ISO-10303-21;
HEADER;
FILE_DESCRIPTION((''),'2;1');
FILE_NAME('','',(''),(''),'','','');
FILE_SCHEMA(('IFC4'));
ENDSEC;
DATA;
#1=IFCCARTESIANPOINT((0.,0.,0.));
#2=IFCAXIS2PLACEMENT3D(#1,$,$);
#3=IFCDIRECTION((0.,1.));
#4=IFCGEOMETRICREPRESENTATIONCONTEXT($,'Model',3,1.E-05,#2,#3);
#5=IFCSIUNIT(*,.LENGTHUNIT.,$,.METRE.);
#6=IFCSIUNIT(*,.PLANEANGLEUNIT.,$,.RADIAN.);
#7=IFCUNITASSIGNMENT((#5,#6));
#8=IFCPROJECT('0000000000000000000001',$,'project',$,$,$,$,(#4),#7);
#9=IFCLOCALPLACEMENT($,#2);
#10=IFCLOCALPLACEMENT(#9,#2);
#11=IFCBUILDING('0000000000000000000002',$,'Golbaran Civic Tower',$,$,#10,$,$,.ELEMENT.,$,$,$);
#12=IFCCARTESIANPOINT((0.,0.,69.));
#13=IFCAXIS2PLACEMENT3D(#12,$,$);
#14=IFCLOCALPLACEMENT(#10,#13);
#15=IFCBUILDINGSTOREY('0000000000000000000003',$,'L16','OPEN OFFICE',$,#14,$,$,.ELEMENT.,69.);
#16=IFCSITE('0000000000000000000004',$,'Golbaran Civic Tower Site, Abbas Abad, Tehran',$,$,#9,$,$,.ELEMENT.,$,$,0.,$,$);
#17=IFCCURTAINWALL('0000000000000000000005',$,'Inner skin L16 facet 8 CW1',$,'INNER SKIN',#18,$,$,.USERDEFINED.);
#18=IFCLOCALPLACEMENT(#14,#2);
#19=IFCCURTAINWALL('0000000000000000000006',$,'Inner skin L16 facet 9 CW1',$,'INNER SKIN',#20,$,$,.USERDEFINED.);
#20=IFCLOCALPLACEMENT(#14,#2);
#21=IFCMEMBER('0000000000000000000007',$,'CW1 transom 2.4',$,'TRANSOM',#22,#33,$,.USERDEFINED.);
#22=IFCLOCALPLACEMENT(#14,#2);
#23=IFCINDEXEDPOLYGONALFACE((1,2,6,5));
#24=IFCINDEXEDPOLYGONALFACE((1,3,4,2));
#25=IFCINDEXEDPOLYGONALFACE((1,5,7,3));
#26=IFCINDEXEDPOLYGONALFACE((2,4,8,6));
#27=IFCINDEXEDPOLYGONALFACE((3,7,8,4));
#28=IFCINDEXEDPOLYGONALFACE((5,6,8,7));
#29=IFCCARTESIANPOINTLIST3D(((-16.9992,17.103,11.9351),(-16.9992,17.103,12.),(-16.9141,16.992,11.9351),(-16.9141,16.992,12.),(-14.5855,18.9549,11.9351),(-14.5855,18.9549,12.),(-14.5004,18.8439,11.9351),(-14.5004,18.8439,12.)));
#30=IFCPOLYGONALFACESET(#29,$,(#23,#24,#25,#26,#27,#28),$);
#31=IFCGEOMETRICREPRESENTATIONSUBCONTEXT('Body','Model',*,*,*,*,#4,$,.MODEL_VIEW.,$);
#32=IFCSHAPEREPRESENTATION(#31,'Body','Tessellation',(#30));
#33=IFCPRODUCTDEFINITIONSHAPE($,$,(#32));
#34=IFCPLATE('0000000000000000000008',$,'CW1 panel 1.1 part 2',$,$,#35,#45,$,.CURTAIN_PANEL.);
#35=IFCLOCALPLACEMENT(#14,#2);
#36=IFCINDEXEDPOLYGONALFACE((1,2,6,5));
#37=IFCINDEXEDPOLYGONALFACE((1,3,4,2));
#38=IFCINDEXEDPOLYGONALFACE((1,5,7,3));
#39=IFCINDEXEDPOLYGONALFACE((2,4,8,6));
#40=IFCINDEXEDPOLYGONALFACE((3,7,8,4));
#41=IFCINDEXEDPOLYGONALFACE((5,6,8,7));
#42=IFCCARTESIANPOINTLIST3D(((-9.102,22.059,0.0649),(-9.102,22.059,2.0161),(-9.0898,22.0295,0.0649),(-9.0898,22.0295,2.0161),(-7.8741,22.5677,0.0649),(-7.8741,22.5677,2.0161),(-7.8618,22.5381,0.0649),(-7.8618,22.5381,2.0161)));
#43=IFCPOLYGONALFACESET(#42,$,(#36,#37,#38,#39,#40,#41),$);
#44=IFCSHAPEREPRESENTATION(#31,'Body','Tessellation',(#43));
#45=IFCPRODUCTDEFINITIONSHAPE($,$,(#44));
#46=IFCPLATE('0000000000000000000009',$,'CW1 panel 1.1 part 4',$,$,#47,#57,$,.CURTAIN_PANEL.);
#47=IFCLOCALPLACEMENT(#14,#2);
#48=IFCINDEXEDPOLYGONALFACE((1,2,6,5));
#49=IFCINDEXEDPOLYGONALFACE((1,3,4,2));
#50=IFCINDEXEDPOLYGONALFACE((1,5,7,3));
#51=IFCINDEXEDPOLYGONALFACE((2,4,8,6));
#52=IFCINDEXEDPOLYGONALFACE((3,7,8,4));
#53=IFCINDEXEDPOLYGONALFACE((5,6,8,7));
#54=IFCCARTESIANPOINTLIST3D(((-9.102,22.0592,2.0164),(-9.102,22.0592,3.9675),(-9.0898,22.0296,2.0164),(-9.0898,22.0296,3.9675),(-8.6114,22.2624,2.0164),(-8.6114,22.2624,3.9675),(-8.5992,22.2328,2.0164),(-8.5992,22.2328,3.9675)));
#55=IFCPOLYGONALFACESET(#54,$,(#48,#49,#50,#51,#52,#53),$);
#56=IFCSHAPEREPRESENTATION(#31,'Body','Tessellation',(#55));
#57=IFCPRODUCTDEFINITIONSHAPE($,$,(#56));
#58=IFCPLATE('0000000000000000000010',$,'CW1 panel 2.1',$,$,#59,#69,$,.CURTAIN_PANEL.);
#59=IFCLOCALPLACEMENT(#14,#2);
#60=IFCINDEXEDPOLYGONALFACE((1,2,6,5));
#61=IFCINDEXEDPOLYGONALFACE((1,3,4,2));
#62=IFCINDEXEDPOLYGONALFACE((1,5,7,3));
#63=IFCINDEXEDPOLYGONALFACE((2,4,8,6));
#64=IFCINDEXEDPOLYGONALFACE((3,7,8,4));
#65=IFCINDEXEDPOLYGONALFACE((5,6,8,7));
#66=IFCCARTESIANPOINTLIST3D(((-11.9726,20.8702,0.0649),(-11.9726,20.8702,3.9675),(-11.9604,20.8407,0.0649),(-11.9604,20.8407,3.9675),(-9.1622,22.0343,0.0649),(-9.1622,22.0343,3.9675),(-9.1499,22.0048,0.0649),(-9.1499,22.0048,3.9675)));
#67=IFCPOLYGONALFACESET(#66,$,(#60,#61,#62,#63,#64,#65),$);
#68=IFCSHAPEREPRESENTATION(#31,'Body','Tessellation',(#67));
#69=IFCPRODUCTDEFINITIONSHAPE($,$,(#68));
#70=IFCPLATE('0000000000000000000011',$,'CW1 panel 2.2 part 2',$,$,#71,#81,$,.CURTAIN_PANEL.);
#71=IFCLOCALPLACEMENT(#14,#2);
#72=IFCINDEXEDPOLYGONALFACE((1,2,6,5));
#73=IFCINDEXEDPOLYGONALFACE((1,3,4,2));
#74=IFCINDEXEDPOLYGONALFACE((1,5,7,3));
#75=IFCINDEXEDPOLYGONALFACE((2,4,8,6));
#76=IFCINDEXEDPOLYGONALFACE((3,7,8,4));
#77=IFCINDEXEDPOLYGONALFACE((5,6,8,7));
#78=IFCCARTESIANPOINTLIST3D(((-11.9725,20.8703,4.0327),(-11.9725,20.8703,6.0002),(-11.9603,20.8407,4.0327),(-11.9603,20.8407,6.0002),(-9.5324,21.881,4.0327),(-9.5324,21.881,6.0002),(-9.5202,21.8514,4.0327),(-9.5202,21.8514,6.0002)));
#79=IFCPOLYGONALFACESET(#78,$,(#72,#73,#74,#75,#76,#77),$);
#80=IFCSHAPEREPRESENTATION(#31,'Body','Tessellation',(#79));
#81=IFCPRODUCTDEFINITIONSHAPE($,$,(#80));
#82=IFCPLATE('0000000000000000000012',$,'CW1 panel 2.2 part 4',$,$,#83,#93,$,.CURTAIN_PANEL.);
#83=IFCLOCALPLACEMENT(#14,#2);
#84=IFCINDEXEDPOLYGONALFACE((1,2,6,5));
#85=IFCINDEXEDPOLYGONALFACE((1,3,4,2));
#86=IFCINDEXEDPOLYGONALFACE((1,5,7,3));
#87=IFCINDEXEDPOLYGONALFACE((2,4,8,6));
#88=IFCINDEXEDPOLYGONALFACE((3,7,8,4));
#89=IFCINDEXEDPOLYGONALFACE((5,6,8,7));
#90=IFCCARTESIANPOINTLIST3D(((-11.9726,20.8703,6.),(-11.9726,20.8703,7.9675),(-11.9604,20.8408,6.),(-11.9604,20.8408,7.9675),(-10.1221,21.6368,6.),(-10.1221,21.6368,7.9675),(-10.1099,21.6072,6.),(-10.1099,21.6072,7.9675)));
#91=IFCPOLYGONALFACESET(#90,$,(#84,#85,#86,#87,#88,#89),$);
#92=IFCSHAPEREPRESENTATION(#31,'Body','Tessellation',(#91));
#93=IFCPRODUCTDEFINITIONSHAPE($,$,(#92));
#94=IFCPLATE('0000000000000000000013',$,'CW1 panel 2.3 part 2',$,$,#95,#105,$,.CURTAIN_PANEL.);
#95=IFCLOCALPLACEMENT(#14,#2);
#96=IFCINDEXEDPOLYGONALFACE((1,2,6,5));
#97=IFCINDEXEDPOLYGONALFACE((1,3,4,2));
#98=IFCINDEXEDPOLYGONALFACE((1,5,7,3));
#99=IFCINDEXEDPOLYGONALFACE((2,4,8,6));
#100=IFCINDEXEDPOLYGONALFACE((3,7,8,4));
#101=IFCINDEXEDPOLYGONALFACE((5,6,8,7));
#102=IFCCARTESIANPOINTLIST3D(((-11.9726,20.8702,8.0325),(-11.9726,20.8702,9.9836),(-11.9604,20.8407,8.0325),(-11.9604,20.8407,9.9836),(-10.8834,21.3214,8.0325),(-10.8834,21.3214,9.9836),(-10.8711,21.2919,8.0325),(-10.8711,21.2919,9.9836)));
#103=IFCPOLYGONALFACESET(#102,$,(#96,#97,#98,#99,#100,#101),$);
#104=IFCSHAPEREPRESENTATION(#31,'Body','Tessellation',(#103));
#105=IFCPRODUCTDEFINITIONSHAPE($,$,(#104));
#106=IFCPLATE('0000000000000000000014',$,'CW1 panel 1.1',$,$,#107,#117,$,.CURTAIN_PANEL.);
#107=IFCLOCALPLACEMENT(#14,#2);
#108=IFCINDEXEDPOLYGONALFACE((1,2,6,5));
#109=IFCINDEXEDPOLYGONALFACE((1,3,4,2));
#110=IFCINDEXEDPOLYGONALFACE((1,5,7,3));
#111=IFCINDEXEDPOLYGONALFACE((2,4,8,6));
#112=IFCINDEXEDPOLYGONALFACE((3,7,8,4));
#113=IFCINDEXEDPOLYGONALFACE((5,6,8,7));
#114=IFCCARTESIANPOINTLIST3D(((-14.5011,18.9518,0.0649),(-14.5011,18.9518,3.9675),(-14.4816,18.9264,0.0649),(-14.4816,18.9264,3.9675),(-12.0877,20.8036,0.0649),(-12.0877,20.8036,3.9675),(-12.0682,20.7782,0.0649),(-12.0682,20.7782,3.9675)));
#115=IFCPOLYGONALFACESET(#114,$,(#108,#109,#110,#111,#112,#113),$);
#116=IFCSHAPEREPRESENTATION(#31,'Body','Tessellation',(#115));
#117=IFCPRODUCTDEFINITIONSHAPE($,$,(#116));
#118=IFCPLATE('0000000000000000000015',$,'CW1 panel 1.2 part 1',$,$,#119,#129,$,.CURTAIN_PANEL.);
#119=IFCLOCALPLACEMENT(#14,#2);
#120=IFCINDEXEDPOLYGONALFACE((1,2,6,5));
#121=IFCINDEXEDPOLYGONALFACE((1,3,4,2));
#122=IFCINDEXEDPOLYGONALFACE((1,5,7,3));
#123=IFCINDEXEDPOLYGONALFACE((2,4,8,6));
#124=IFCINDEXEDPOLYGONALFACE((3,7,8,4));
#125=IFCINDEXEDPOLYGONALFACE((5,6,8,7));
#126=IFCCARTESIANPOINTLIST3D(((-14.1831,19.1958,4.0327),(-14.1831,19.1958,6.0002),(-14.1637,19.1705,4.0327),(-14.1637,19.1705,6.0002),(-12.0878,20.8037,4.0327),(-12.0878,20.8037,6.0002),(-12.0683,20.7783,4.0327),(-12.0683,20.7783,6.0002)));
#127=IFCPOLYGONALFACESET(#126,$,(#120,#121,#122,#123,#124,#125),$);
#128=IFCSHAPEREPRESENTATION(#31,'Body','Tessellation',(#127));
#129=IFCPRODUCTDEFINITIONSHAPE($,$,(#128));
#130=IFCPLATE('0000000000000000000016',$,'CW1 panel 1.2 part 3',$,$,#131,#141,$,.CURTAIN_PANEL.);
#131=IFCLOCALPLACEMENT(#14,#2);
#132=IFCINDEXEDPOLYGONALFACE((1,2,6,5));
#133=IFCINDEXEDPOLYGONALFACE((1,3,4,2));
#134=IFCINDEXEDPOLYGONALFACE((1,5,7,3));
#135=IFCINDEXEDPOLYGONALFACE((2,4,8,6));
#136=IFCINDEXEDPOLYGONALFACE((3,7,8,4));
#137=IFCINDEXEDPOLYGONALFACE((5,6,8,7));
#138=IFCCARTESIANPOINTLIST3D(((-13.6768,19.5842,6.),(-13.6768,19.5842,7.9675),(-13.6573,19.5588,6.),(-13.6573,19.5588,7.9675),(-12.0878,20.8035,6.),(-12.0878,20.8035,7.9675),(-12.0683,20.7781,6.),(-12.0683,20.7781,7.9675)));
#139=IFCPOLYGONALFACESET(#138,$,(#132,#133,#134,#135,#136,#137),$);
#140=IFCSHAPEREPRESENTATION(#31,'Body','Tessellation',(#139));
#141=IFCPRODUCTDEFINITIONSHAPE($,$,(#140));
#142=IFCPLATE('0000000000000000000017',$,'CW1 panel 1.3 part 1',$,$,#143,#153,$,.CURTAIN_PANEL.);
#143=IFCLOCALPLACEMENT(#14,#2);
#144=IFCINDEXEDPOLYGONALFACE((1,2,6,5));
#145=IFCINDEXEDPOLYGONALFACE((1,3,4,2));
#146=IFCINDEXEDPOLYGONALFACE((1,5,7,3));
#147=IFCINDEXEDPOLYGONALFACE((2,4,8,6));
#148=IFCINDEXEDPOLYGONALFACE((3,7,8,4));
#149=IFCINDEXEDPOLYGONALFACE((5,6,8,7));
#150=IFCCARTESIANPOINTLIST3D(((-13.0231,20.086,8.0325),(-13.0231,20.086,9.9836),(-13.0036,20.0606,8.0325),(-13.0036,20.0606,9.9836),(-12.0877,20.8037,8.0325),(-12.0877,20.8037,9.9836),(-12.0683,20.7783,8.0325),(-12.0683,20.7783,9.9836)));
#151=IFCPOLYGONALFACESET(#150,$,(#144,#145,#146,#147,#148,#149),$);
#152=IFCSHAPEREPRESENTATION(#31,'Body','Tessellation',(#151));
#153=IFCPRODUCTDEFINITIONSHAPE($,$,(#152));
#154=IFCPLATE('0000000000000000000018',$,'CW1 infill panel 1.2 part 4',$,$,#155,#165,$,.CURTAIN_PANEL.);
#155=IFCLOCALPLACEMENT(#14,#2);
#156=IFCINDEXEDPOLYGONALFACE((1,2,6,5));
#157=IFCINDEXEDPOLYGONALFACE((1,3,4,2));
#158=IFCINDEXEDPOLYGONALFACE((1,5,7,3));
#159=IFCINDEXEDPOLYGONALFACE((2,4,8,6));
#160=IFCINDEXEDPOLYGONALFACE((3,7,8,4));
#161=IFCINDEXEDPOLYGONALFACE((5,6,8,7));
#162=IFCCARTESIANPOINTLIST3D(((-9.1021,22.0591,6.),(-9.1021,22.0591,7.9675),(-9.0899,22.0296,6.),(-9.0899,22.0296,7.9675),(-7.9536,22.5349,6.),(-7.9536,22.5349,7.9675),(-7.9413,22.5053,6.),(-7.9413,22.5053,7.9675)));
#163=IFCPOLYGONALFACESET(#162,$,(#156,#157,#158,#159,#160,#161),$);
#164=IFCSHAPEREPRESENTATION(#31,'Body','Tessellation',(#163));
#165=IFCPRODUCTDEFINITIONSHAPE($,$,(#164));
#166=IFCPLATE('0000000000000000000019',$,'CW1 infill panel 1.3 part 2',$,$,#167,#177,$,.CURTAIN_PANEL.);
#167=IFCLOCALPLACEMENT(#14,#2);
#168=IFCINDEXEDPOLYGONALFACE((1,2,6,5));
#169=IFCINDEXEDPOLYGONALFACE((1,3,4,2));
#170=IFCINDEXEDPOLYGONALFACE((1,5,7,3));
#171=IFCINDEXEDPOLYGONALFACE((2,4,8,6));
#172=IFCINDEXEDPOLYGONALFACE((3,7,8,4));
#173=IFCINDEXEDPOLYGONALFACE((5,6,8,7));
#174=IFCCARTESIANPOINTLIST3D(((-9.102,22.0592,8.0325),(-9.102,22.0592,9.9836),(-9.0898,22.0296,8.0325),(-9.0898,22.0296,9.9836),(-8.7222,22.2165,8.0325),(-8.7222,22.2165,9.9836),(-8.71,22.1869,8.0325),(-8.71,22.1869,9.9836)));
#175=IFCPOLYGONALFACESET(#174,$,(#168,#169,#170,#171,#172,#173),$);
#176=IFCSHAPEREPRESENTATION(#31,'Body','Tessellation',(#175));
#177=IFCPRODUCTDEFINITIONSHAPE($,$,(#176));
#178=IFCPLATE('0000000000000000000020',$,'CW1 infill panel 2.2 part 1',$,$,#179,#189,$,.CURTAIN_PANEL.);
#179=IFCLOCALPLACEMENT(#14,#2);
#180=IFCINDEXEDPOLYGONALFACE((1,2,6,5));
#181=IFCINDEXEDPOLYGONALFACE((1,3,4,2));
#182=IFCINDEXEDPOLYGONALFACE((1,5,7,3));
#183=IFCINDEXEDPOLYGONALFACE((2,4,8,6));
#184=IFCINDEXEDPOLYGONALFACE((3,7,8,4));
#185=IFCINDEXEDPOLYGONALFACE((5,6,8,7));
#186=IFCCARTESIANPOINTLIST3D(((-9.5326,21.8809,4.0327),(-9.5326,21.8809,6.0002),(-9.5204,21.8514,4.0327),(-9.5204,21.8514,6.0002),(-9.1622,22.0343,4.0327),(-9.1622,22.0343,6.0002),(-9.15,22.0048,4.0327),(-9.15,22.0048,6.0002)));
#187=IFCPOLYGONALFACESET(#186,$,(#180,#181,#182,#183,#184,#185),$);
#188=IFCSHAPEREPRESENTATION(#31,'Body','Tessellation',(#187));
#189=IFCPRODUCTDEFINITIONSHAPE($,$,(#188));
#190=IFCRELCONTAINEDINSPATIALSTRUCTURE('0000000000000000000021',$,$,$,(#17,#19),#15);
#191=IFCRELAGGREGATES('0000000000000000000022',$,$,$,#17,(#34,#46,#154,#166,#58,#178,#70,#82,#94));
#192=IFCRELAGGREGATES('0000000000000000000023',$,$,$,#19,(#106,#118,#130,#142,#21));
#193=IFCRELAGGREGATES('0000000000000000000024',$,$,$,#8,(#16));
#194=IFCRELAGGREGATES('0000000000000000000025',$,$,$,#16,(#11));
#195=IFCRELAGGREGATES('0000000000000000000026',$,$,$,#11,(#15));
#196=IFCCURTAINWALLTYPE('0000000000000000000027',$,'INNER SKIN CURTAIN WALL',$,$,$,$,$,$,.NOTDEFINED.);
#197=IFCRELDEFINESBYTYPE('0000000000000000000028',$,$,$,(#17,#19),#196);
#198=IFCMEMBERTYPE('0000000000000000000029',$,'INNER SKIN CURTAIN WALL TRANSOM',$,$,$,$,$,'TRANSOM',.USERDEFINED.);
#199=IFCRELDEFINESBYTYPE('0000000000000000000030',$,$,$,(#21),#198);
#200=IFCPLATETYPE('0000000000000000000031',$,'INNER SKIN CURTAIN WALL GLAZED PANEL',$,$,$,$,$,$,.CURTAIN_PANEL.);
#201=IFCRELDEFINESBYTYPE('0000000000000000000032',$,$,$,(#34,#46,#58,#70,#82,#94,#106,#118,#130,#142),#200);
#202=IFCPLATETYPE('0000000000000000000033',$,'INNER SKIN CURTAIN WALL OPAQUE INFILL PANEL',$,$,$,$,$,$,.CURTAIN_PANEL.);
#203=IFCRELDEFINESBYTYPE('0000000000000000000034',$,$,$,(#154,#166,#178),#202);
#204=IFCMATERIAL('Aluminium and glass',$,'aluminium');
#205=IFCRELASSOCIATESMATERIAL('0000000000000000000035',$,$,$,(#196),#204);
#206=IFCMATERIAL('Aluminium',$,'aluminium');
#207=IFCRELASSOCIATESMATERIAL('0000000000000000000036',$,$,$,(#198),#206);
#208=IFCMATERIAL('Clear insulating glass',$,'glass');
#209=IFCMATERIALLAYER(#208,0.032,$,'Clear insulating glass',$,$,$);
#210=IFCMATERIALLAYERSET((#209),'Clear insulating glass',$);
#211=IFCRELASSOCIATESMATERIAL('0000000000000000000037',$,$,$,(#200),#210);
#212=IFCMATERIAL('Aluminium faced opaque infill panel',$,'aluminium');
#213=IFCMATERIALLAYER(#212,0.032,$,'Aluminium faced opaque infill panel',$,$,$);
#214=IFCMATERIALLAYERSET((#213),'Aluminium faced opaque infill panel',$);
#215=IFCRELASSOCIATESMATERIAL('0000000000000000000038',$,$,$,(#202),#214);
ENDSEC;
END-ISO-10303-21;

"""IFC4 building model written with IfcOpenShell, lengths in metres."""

from ifc_helpers import new_model, si_unit, direction, frame, origin, origin_2d, place, context, subcontext, project, spatial, rectangle, extrude, material, layer, layer_set, material_profile, profile_set, type_object, element, aggregate, save


model = new_model("IFC4")

# Units and contexts
model_context = context("Model", 3, precision=1e-05, world=origin(), true_north=direction((0.0, 1.0)))
body_context = subcontext(model_context, "Body", "Model", "MODEL_VIEW")
ifc_project = project(units=[si_unit("LENGTHUNIT", "METRE"), si_unit("PLANEANGLEUNIT", "RADIAN")], contexts=[model_context])

# Site, building, storey
site_placement = place(None, origin())
site = spatial("IfcSite", under=ifc_project, at=site_placement, Name="Golbaran Civic Tower Site, Abbas Abad, Tehran", CompositionType="ELEMENT", RefElevation=0.0)
building_placement = place(site_placement, origin())
building = spatial("IfcBuilding", under=site, at=building_placement, Name="Golbaran Civic Tower", CompositionType="ELEMENT")
storey_placement = place(building_placement, frame((0.0, 0.0, 69.0)))
storey = spatial("IfcBuildingStorey", under=building, at=storey_placement, Name="L16", Description="OPEN OFFICE", CompositionType="ELEMENT", Elevation=69.0)

# Curtain walls
ifc_material_1 = material(Name="Aluminium and glass", Category="aluminium")
curtain_wall_type_1 = type_object("IfcCurtainWallType", Name="INNER SKIN CURTAIN WALL", PredefinedType="NOTDEFINED", material=ifc_material_1)
curtain_wall_1_placement = place(storey_placement, origin())
curtain_wall_1 = element("IfcCurtainWall", 1, at=curtain_wall_1_placement, inside=storey, type_object=curtain_wall_type_1, Name="Inner skin L16 facet 8 CW1", ObjectType="INNER SKIN", PredefinedType="USERDEFINED")
ifc_material_2 = material(Name="Aluminium", Category="aluminium")
curtain_wall_2_placement = place(storey_placement, origin())
curtain_wall_2 = element("IfcCurtainWall", 2, at=curtain_wall_2_placement, inside=storey, type_object=curtain_wall_type_1, Name="Inner skin L16 facet 9 CW1", ObjectType="INNER SKIN", PredefinedType="USERDEFINED")

# Member
ifc_material_profile_1 = material_profile(ifc_material_2, rectangle(XDim=0.1399, YDim=0.0649, at=origin_2d()), Name="INNER SKIN CURTAIN WALL TRANSOM")
ifc_profile_set_1 = profile_set([ifc_material_profile_1], Name="Aluminium")
member_type_1 = type_object("IfcMemberType", Name="INNER SKIN CURTAIN WALL TRANSOM", ElementType="TRANSOM", PredefinedType="USERDEFINED", material=ifc_profile_set_1)
member_1_placement = place(storey_placement, frame((-14.543, 18.8994, 11.9675), z_axis=(-0.793384, -0.608721, 0.0), x_axis=(0.608721, -0.793384, 0.0)))
member_1 = element("IfcMember", 3, at=member_1_placement, type_object=member_type_1, Name="CW1 transom 2.4", ObjectType="TRANSOM", PredefinedType="USERDEFINED", context=body_context, shape_type="SweptSolid", body=[
    extrude(rectangle(XDim=0.1399, YDim=0.0649, at=origin_2d()), origin(), (0.0, 0.0, 1.0), 3.0422),
])

# Plates
ifc_material_3 = material(Name="Clear insulating glass", Category="glass")
ifc_layer_1 = layer(ifc_material_3, 0.032, Name="Clear insulating glass")
ifc_layer_set_1 = layer_set([ifc_layer_1], Name="Clear insulating glass")
plate_type_1 = type_object("IfcPlateType", Name="INNER SKIN CURTAIN WALL GLAZED PANEL", PredefinedType="CURTAIN_PANEL", material=ifc_layer_set_1)
plate_1_placement = place(storey_placement, frame((-8.4819, 22.2986, 0.0649), z_axis=(0.0, 0.0, 1.0), x_axis=(-0.92388, -0.382683, 0.0)))
plate_1 = element("IfcPlate", 4, at=plate_1_placement, type_object=plate_type_1, Name="CW1 panel 1.1 part 2", PredefinedType="CURTAIN_PANEL", context=body_context, shape_type="SweptSolid", body=[
    extrude(rectangle(XDim=1.3291, YDim=0.032, at=origin_2d()), origin(), (0.0, 0.0, 1.0), 1.9512),
])
plate_2_placement = place(storey_placement, frame((-8.8506, 22.146, 2.0164), z_axis=(0.0, 0.0, 1.0), x_axis=(-0.92388, -0.382683, 0.0)))
plate_2 = element("IfcPlate", 5, at=plate_2_placement, type_object=plate_type_1, Name="CW1 panel 1.1 part 4", PredefinedType="CURTAIN_PANEL", context=body_context, shape_type="SweptSolid", body=[
    extrude(rectangle(XDim=0.531, YDim=0.032, at=origin_2d()), origin(), (0.0, 0.0, 1.0), 1.9512),
])
plate_3_placement = place(storey_placement, frame((-10.5613, 21.4375, 0.0649), z_axis=(0.0, 0.0, 1.0), x_axis=(-0.92388, -0.382683, 0.0)))
plate_3 = element("IfcPlate", 6, at=plate_3_placement, type_object=plate_type_1, Name="CW1 panel 2.1", PredefinedType="CURTAIN_PANEL", context=body_context, shape_type="SweptSolid", body=[
    extrude(rectangle(XDim=3.042, YDim=0.032, at=origin_2d()), origin(), (0.0, 0.0, 1.0), 3.9026),
])
plate_4_placement = place(storey_placement, frame((-10.7463, 21.3608, 4.0327), z_axis=(0.0, 0.0, 1.0), x_axis=(-0.92388, -0.382683, 0.0)))
plate_4 = element("IfcPlate", 7, at=plate_4_placement, type_object=plate_type_1, Name="CW1 panel 2.2 part 2", PredefinedType="CURTAIN_PANEL", context=body_context, shape_type="SweptSolid", body=[
    extrude(rectangle(XDim=2.6411, YDim=0.032, at=origin_2d()), origin(), (0.0, 0.0, 1.0), 1.9675),
])
plate_5_placement = place(storey_placement, frame((-11.0413, 21.2388, 6.0), z_axis=(0.0, 0.0, 1.0), x_axis=(-0.92388, -0.382683, 0.0)))
plate_5 = element("IfcPlate", 8, at=plate_5_placement, type_object=plate_type_1, Name="CW1 panel 2.2 part 4", PredefinedType="CURTAIN_PANEL", context=body_context, shape_type="SweptSolid", body=[
    extrude(rectangle(XDim=2.0029, YDim=0.032, at=origin_2d()), origin(), (0.0, 0.0, 1.0), 1.9675),
])
plate_6_placement = place(storey_placement, frame((-11.4219, 21.0811, 8.0325), z_axis=(0.0, 0.0, 1.0), x_axis=(-0.92388, -0.382683, 0.0)))
plate_6 = element("IfcPlate", 9, at=plate_6_placement, type_object=plate_type_1, Name="CW1 panel 2.3 part 2", PredefinedType="CURTAIN_PANEL", context=body_context, shape_type="SweptSolid", body=[
    extrude(rectangle(XDim=1.179, YDim=0.032, at=origin_2d()), origin(), (0.0, 0.0, 1.0), 1.9512),
])
plate_7_placement = place(storey_placement, frame((-13.2847, 19.865, 0.0649), z_axis=(0.0, 0.0, 1.0), x_axis=(-0.793353, -0.608761, 0.0)))
plate_7 = element("IfcPlate", 10, at=plate_7_placement, type_object=plate_type_1, Name="CW1 panel 1.1", PredefinedType="CURTAIN_PANEL", context=body_context, shape_type="SweptSolid", body=[
    extrude(rectangle(XDim=3.042, YDim=0.032, at=origin_2d()), origin(), (0.0, 0.0, 1.0), 3.9026),
])
plate_8_placement = place(storey_placement, frame((-13.1257, 19.9871, 4.0327), z_axis=(0.0, 0.0, 1.0), x_axis=(-0.793353, -0.608761, 0.0)))
plate_8 = element("IfcPlate", 11, at=plate_8_placement, type_object=plate_type_1, Name="CW1 panel 1.2 part 1", PredefinedType="CURTAIN_PANEL", context=body_context, shape_type="SweptSolid", body=[
    extrude(rectangle(XDim=2.6411, YDim=0.032, at=origin_2d()), origin(), (0.0, 0.0, 1.0), 1.9675),
])
plate_9_placement = place(storey_placement, frame((-12.8726, 20.1812, 6.0), z_axis=(0.0, 0.0, 1.0), x_axis=(-0.793353, -0.608761, 0.0)))
plate_9 = element("IfcPlate", 12, at=plate_9_placement, type_object=plate_type_1, Name="CW1 panel 1.2 part 3", PredefinedType="CURTAIN_PANEL", context=body_context, shape_type="SweptSolid", body=[
    extrude(rectangle(XDim=2.0029, YDim=0.032, at=origin_2d()), origin(), (0.0, 0.0, 1.0), 1.9675),
])
plate_10_placement = place(storey_placement, frame((-12.5457, 20.4321, 8.0325), z_axis=(0.0, 0.0, 1.0), x_axis=(-0.793353, -0.608761, 0.0)))
plate_10 = element("IfcPlate", 13, at=plate_10_placement, type_object=plate_type_1, Name="CW1 panel 1.3 part 1", PredefinedType="CURTAIN_PANEL", context=body_context, shape_type="SweptSolid", body=[
    extrude(rectangle(XDim=1.179, YDim=0.032, at=origin_2d()), origin(), (0.0, 0.0, 1.0), 1.9512),
])
ifc_material_4 = material(Name="Aluminium faced opaque infill panel", Category="aluminium")
ifc_layer_2 = layer(ifc_material_4, 0.032, Name="Aluminium faced opaque infill panel")
ifc_layer_set_2 = layer_set([ifc_layer_2], Name="Aluminium faced opaque infill panel")
plate_type_2 = type_object("IfcPlateType", Name="INNER SKIN CURTAIN WALL OPAQUE INFILL PANEL", PredefinedType="CURTAIN_PANEL", material=ifc_layer_set_2)
plate_11_placement = place(storey_placement, frame((-8.5217, 22.2822, 6.0), z_axis=(0.0, 0.0, 1.0), x_axis=(-0.92388, -0.382683, 0.0)))
plate_11 = element("IfcPlate", 14, at=plate_11_placement, type_object=plate_type_2, Name="CW1 infill panel 1.2 part 4", PredefinedType="CURTAIN_PANEL", context=body_context, shape_type="SweptSolid", body=[
    extrude(rectangle(XDim=1.2432, YDim=0.032, at=origin_2d()), origin(), (0.0, 0.0, 1.0), 1.9675),
])
plate_12_placement = place(storey_placement, frame((-8.906, 22.123, 8.0325), z_axis=(0.0, 0.0, 1.0), x_axis=(-0.92388, -0.382683, 0.0)))
plate_12 = element("IfcPlate", 15, at=plate_12_placement, type_object=plate_type_2, Name="CW1 infill panel 1.3 part 2", PredefinedType="CURTAIN_PANEL", context=body_context, shape_type="SweptSolid", body=[
    extrude(rectangle(XDim=0.4111, YDim=0.032, at=origin_2d()), origin(), (0.0, 0.0, 1.0), 1.9512),
])
plate_13_placement = place(storey_placement, frame((-9.3413, 21.9429, 4.0327), z_axis=(0.0, 0.0, 1.0), x_axis=(-0.92388, -0.382683, 0.0)))
plate_13 = element("IfcPlate", 16, at=plate_13_placement, type_object=plate_type_2, Name="CW1 infill panel 2.2 part 1", PredefinedType="CURTAIN_PANEL", context=body_context, shape_type="SweptSolid", body=[
    extrude(rectangle(XDim=0.4009, YDim=0.032, at=origin_2d()), origin(), (0.0, 0.0, 1.0), 1.9675),
])
aggregate(curtain_wall_1, [plate_1, plate_2, plate_11, plate_12, plate_3, plate_13, plate_4, plate_5, plate_6])
aggregate(curtain_wall_2, [plate_7, plate_8, plate_9, plate_10, member_1])

save(model, "model.ifc")
